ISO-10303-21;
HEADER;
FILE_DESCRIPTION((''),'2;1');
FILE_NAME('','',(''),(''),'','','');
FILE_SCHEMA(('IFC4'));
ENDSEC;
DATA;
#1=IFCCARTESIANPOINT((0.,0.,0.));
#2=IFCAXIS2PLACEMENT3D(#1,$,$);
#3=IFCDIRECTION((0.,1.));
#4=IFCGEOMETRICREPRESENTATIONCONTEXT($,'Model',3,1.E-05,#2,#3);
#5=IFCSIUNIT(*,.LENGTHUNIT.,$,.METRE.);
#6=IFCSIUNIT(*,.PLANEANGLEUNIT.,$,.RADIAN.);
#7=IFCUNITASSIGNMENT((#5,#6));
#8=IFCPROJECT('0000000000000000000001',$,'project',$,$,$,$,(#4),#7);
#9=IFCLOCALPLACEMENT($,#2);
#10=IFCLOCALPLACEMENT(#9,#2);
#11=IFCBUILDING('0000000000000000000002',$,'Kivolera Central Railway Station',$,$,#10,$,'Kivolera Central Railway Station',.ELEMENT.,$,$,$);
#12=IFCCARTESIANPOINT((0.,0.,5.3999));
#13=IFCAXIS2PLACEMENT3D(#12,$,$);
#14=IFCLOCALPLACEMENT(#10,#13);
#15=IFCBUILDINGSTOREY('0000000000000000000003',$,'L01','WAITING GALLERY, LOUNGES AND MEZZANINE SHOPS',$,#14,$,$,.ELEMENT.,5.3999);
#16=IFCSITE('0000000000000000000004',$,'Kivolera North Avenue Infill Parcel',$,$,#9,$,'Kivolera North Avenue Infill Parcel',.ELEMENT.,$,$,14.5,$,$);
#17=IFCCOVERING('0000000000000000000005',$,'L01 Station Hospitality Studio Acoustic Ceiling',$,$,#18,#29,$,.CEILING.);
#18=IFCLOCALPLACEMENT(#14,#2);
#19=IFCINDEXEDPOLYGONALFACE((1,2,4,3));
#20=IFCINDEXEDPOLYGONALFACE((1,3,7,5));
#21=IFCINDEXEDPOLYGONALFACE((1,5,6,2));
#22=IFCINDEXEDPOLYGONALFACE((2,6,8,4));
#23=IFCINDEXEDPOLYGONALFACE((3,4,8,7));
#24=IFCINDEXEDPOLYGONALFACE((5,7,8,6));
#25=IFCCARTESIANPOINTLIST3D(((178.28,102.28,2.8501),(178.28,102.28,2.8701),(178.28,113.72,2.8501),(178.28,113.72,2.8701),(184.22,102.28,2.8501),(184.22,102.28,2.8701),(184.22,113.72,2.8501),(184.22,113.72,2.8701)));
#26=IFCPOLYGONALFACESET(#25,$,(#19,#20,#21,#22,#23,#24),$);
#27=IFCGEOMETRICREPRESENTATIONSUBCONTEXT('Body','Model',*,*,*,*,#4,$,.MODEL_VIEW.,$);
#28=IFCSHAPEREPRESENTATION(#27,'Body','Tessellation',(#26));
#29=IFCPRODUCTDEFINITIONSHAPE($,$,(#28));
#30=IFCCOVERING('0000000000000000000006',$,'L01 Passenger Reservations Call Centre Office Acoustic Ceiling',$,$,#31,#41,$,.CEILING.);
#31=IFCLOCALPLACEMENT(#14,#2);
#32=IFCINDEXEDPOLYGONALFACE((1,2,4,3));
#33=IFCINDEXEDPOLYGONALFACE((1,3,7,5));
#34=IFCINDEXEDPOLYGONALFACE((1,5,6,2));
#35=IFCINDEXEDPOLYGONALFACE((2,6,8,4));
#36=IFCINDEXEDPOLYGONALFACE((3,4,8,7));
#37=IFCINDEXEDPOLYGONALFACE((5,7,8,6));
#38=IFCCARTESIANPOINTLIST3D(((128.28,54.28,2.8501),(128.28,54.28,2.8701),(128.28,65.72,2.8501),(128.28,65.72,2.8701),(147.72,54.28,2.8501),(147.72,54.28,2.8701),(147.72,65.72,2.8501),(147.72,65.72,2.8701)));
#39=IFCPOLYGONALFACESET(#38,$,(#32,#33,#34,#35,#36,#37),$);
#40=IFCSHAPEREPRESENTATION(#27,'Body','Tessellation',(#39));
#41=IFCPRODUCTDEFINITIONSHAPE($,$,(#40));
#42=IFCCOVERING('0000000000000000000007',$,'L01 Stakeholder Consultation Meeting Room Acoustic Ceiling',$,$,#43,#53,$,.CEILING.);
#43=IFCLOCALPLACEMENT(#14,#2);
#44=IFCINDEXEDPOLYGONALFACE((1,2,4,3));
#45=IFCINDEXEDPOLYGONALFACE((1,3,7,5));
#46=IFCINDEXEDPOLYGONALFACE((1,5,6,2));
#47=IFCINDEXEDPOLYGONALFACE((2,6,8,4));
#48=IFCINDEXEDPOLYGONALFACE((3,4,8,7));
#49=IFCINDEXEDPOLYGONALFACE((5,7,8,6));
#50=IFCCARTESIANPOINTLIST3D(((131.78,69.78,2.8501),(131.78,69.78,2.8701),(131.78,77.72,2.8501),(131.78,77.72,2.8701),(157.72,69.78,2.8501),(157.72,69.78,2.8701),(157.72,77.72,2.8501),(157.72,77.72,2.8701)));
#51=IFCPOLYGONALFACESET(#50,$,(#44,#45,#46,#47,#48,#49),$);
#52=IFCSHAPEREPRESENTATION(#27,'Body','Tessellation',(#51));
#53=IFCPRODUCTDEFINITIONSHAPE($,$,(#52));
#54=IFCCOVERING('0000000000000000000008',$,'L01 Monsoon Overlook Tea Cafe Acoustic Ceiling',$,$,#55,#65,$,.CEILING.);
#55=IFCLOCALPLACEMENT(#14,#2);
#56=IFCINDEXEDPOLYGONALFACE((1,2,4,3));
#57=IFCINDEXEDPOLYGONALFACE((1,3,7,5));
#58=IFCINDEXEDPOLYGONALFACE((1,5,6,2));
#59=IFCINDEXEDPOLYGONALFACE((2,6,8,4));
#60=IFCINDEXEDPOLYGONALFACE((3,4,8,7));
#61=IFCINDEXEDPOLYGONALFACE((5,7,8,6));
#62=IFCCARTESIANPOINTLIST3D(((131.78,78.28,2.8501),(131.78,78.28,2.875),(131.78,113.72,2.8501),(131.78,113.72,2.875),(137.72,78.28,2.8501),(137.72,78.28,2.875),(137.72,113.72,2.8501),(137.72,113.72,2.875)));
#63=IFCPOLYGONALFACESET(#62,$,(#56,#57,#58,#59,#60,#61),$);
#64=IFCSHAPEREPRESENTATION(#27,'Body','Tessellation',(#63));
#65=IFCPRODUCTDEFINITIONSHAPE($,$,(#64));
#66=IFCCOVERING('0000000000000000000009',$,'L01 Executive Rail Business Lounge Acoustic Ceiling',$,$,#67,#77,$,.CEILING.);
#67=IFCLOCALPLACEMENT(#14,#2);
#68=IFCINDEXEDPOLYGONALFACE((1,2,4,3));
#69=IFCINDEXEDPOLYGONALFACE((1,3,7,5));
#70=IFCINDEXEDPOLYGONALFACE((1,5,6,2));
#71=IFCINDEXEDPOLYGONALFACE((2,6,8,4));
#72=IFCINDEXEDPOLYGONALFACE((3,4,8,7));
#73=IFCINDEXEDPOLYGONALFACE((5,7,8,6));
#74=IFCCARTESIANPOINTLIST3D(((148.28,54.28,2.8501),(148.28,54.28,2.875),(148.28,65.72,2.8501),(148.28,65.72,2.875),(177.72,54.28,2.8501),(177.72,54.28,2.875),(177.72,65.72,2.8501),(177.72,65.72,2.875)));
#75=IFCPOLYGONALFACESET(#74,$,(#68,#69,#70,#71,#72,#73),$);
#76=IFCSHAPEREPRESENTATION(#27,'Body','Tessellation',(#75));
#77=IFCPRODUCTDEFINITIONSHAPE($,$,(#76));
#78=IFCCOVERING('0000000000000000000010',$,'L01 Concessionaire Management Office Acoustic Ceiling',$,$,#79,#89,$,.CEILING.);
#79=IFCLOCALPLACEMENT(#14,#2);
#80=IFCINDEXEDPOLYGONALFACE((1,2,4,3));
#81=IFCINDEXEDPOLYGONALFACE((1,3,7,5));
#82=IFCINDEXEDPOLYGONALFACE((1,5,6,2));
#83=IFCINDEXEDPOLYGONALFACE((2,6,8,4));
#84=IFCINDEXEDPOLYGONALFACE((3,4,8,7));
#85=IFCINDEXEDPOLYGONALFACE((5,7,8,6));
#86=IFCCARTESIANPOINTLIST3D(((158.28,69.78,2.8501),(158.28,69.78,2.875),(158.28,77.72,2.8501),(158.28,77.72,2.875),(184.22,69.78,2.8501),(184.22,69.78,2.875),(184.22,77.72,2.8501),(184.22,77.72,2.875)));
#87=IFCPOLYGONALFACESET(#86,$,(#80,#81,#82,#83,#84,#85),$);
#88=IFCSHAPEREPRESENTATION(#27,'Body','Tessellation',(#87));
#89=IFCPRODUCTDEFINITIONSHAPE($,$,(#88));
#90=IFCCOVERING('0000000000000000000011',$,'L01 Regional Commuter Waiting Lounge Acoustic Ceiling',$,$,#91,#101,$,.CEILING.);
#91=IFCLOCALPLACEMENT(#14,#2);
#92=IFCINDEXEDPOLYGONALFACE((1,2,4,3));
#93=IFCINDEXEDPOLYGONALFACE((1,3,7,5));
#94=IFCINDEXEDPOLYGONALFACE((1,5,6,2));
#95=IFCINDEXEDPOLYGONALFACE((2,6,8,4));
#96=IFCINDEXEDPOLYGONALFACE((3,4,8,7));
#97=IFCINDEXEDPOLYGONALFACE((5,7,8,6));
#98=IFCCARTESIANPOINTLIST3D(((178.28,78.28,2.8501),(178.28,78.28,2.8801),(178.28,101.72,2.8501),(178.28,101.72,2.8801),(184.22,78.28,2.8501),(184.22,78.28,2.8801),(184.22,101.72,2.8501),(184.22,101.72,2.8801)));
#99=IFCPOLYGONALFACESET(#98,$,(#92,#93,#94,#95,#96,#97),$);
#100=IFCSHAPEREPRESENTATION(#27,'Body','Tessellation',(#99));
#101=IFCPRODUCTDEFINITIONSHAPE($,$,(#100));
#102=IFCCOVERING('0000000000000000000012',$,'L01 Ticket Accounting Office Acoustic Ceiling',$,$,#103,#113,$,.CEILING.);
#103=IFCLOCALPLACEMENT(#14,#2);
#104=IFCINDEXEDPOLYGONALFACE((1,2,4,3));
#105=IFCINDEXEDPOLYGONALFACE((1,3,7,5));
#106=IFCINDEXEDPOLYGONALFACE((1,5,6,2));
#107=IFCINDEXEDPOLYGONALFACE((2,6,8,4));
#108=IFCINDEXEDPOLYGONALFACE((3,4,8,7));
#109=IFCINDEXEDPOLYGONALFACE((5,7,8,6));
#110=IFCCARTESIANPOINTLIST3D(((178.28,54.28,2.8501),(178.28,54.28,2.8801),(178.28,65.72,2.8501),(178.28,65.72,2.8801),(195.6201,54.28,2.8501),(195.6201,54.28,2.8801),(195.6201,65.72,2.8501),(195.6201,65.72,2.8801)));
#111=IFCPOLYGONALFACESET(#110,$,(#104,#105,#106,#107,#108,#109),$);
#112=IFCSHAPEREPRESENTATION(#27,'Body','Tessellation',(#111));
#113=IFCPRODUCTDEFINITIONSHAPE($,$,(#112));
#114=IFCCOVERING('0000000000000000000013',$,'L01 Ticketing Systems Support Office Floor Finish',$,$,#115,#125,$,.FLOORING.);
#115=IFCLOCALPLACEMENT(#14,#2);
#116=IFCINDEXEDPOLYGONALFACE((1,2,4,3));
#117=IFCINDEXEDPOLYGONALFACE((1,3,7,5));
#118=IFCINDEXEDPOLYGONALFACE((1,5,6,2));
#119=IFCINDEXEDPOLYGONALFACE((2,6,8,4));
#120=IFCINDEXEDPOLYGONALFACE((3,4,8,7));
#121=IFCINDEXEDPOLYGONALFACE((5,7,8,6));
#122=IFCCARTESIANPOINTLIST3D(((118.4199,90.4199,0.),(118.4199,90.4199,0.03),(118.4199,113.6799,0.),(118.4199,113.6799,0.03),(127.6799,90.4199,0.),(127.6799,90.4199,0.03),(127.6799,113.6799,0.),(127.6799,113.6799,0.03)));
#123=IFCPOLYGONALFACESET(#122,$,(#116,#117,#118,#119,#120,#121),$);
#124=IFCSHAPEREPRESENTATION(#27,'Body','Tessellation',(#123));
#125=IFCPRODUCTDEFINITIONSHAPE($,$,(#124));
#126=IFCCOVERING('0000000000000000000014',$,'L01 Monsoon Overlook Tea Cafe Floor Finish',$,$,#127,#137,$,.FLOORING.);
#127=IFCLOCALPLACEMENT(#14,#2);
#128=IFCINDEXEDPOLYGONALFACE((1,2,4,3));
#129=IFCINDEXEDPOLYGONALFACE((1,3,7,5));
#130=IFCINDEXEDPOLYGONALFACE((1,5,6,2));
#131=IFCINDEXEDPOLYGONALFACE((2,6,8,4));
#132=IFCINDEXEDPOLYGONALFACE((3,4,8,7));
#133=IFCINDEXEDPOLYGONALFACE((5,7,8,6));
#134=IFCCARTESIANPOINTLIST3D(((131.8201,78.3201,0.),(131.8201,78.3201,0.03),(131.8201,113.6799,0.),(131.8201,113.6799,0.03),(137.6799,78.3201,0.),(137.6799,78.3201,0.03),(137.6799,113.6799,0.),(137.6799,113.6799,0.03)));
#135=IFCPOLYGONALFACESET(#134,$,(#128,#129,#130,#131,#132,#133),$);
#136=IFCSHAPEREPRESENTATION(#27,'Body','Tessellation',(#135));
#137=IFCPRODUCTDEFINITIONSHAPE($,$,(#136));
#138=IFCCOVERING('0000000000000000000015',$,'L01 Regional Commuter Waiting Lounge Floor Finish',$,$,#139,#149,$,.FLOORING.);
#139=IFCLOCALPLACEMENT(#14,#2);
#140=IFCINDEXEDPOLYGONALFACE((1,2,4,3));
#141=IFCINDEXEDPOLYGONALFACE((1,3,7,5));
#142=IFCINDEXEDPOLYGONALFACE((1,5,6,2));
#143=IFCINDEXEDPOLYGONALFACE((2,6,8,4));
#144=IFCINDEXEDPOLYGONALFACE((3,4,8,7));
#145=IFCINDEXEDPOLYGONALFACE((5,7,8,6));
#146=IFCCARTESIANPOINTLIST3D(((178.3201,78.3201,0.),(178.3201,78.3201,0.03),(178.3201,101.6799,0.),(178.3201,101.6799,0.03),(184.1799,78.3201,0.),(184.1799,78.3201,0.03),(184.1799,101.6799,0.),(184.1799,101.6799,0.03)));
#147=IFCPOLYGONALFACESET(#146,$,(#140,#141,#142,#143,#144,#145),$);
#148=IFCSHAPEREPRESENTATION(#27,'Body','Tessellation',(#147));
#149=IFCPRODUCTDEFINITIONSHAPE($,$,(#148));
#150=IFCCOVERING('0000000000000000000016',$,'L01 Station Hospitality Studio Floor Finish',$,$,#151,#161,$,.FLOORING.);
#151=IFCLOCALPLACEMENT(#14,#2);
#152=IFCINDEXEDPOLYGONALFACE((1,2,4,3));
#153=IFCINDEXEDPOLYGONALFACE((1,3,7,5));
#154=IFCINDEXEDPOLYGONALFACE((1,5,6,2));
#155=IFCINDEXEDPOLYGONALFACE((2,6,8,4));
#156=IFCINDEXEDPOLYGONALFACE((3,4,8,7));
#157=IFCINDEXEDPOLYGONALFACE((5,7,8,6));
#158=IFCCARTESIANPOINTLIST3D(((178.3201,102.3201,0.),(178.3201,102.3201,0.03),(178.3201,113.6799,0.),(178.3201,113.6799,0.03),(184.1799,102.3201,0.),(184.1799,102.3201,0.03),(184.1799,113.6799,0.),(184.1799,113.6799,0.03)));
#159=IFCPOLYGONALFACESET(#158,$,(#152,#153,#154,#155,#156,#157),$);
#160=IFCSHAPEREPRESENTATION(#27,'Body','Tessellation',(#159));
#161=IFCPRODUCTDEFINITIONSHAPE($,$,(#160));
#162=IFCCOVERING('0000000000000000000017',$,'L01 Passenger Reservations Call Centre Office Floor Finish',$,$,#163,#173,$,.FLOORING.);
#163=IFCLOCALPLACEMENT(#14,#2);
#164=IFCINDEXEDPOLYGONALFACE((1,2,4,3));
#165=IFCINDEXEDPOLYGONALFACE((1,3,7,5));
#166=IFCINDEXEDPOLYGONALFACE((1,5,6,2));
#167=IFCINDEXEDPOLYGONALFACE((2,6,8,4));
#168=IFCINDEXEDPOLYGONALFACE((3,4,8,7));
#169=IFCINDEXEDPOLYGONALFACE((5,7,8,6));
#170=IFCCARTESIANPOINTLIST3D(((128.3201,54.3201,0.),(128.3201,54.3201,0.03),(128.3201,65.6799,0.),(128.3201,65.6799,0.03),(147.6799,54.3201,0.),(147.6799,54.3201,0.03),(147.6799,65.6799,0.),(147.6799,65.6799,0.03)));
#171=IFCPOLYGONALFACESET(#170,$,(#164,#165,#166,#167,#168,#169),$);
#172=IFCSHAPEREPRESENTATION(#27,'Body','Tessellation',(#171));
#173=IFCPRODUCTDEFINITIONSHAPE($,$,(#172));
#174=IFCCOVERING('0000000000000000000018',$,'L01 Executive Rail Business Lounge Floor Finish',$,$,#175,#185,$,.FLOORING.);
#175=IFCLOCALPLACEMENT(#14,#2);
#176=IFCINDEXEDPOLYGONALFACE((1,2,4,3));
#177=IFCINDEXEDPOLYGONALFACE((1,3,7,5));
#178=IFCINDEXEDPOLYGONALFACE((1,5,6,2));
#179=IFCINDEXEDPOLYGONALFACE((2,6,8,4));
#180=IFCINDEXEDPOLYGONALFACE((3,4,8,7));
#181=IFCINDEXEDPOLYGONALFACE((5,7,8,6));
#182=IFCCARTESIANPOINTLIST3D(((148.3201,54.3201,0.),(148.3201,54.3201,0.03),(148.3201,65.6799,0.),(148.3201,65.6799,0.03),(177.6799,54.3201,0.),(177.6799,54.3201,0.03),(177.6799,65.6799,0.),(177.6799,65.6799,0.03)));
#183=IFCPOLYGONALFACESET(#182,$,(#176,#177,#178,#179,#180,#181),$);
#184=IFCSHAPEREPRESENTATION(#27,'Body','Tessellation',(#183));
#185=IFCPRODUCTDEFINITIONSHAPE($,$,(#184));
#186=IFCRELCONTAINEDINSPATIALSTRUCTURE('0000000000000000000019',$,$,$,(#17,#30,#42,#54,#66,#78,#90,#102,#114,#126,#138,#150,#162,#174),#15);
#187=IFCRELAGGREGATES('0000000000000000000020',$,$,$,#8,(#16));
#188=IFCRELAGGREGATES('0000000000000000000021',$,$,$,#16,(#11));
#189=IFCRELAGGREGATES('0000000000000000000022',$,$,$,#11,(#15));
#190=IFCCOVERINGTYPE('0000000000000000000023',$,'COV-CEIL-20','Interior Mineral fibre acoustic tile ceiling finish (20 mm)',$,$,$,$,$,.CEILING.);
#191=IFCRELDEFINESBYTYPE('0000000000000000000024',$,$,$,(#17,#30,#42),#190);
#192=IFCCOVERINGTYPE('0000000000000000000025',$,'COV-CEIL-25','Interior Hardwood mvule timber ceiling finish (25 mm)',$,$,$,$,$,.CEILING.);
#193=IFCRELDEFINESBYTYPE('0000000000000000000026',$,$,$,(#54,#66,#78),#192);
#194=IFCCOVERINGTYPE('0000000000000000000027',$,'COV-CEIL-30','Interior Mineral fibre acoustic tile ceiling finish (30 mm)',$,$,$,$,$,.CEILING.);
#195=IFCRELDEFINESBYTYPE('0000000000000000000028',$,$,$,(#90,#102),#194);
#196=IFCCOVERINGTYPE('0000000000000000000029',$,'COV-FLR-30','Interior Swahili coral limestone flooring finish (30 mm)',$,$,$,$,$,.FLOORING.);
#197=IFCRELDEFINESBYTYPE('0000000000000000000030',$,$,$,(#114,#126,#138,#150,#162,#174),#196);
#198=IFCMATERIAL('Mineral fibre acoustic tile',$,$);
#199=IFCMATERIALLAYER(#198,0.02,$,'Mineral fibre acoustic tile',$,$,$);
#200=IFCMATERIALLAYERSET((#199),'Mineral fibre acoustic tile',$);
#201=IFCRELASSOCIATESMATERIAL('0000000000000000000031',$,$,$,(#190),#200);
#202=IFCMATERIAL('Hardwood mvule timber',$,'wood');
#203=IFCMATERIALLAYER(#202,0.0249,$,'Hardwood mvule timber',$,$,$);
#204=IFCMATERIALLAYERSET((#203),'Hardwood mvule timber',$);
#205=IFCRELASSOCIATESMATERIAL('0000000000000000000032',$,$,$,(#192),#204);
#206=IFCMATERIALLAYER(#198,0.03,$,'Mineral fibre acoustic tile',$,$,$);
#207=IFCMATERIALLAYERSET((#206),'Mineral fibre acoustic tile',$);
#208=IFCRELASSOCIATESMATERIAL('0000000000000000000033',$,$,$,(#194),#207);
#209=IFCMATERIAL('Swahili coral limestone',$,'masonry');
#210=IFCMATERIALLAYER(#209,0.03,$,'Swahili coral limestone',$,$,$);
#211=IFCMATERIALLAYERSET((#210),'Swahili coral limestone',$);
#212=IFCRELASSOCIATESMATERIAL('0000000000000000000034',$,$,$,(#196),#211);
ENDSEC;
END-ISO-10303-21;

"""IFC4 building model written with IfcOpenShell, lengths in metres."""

from ifc_helpers import new_model, si_unit, direction, frame, origin, place, context, subcontext, project, spatial, polyline, outline, extrude, material, layer, layer_set, type_object, element, save


model = new_model("IFC4")

# Units and contexts
model_context = context("Model", 3, precision=1e-05, world=origin(), true_north=direction((0.0, 1.0)))
body_context = subcontext(model_context, "Body", "Model", "MODEL_VIEW")
ifc_project = project(units=[si_unit("LENGTHUNIT", "METRE"), si_unit("PLANEANGLEUNIT", "RADIAN")], contexts=[model_context])

# Site, building, storey
site_placement = place(None, origin())
site = spatial("IfcSite", under=ifc_project, at=site_placement, Name="Kivolera North Avenue Infill Parcel", LongName="Kivolera North Avenue Infill Parcel", CompositionType="ELEMENT", RefElevation=14.5)
building_placement = place(site_placement, origin())
building = spatial("IfcBuilding", under=site, at=building_placement, Name="Kivolera Central Railway Station", LongName="Kivolera Central Railway Station", CompositionType="ELEMENT")
storey_placement = place(building_placement, frame((0.0, 0.0, 5.3999)))
storey = spatial("IfcBuildingStorey", under=building, at=storey_placement, Name="L01", Description="WAITING GALLERY, LOUNGES AND MEZZANINE SHOPS", CompositionType="ELEMENT", Elevation=5.3999)

# Coverings
ifc_material_1 = material(Name="Mineral fibre acoustic tile")
ifc_layer_1 = layer(ifc_material_1, 0.02, Name="Mineral fibre acoustic tile")
ifc_layer_set_1 = layer_set([ifc_layer_1], Name="Mineral fibre acoustic tile")
covering_type_1 = type_object("IfcCoveringType", Name="COV-CEIL-20", Description="Interior Mineral fibre acoustic tile ceiling finish (20 mm)", PredefinedType="CEILING", material=ifc_layer_set_1)
covering_1_placement = place(storey_placement, frame((0.0, 0.0, 2.8501)))
element("IfcCovering", 1, at=covering_1_placement, inside=storey, type_object=covering_type_1, Name="L01 Station Hospitality Studio Acoustic Ceiling", PredefinedType="CEILING", context=body_context, shape_type="SweptSolid", body=[
    extrude(outline(polyline([(178.28, 102.28), (184.22, 102.28), (184.22, 113.72), (178.28, 113.72), (178.28, 102.28)])), origin(), (0.0, 0.0, 1.0), 0.02),
])
covering_2_placement = place(storey_placement, frame((0.0, 0.0, 2.8501)))
element("IfcCovering", 2, at=covering_2_placement, inside=storey, type_object=covering_type_1, Name="L01 Passenger Reservations Call Centre Office Acoustic Ceiling", PredefinedType="CEILING", context=body_context, shape_type="SweptSolid", body=[
    extrude(outline(polyline([(128.28, 54.28), (147.72, 54.28), (147.72, 65.72), (128.28, 65.72), (128.28, 54.28)])), origin(), (0.0, 0.0, 1.0), 0.02),
])
covering_3_placement = place(storey_placement, frame((0.0, 0.0, 2.8501)))
element("IfcCovering", 3, at=covering_3_placement, inside=storey, type_object=covering_type_1, Name="L01 Stakeholder Consultation Meeting Room Acoustic Ceiling", PredefinedType="CEILING", context=body_context, shape_type="SweptSolid", body=[
    extrude(outline(polyline([(131.78, 69.78), (157.72, 69.78), (157.72, 77.72), (131.78, 77.72), (131.78, 69.78)])), origin(), (0.0, 0.0, 1.0), 0.02),
])
ifc_material_2 = material(Name="Hardwood mvule timber", Category="wood")
ifc_layer_2 = layer(ifc_material_2, 0.0249, Name="Hardwood mvule timber")
ifc_layer_set_2 = layer_set([ifc_layer_2], Name="Hardwood mvule timber")
covering_type_2 = type_object("IfcCoveringType", Name="COV-CEIL-25", Description="Interior Hardwood mvule timber ceiling finish (25 mm)", PredefinedType="CEILING", material=ifc_layer_set_2)
covering_4_placement = place(storey_placement, frame((0.0, 0.0, 2.8501)))
element("IfcCovering", 4, at=covering_4_placement, inside=storey, type_object=covering_type_2, Name="L01 Monsoon Overlook Tea Cafe Acoustic Ceiling", PredefinedType="CEILING", context=body_context, shape_type="SweptSolid", body=[
    extrude(outline(polyline([(131.78, 78.28), (137.72, 78.28), (137.72, 113.72), (131.78, 113.72), (131.78, 78.28)])), origin(), (0.0, 0.0, 1.0), 0.0249),
])
covering_5_placement = place(storey_placement, frame((0.0, 0.0, 2.8501)))
element("IfcCovering", 5, at=covering_5_placement, inside=storey, type_object=covering_type_2, Name="L01 Executive Rail Business Lounge Acoustic Ceiling", PredefinedType="CEILING", context=body_context, shape_type="SweptSolid", body=[
    extrude(outline(polyline([(148.28, 54.28), (177.72, 54.28), (177.72, 65.72), (148.28, 65.72), (148.28, 54.28)])), origin(), (0.0, 0.0, 1.0), 0.0249),
])
covering_6_placement = place(storey_placement, frame((0.0, 0.0, 2.8501)))
element("IfcCovering", 6, at=covering_6_placement, inside=storey, type_object=covering_type_2, Name="L01 Concessionaire Management Office Acoustic Ceiling", PredefinedType="CEILING", context=body_context, shape_type="SweptSolid", body=[
    extrude(outline(polyline([(158.28, 69.78), (184.22, 69.78), (184.22, 77.72), (158.28, 77.72), (158.28, 69.78)])), origin(), (0.0, 0.0, 1.0), 0.0249),
])
ifc_layer_3 = layer(ifc_material_1, 0.03, Name="Mineral fibre acoustic tile")
ifc_layer_set_3 = layer_set([ifc_layer_3], Name="Mineral fibre acoustic tile")
covering_type_3 = type_object("IfcCoveringType", Name="COV-CEIL-30", Description="Interior Mineral fibre acoustic tile ceiling finish (30 mm)", PredefinedType="CEILING", material=ifc_layer_set_3)
covering_7_placement = place(storey_placement, frame((0.0, 0.0, 2.8501)))
element("IfcCovering", 7, at=covering_7_placement, inside=storey, type_object=covering_type_3, Name="L01 Regional Commuter Waiting Lounge Acoustic Ceiling", PredefinedType="CEILING", context=body_context, shape_type="SweptSolid", body=[
    extrude(outline(polyline([(178.28, 78.28), (184.22, 78.28), (184.22, 101.72), (178.28, 101.72), (178.28, 78.28)])), origin(), (0.0, 0.0, 1.0), 0.03),
])
covering_8_placement = place(storey_placement, frame((0.0, 0.0, 2.8501)))
element("IfcCovering", 8, at=covering_8_placement, inside=storey, type_object=covering_type_3, Name="L01 Ticket Accounting Office Acoustic Ceiling", PredefinedType="CEILING", context=body_context, shape_type="SweptSolid", body=[
    extrude(outline(polyline([(178.28, 54.28), (195.6201, 54.28), (195.6201, 65.72), (178.28, 65.72), (178.28, 54.28)])), origin(), (0.0, 0.0, 1.0), 0.03),
])
ifc_material_3 = material(Name="Swahili coral limestone", Category="masonry")
ifc_layer_4 = layer(ifc_material_3, 0.03, Name="Swahili coral limestone")
ifc_layer_set_4 = layer_set([ifc_layer_4], Name="Swahili coral limestone")
covering_type_4 = type_object("IfcCoveringType", Name="COV-FLR-30", Description="Interior Swahili coral limestone flooring finish (30 mm)", PredefinedType="FLOORING", material=ifc_layer_set_4)
covering_9_placement = place(storey_placement, origin())
element("IfcCovering", 9, at=covering_9_placement, inside=storey, type_object=covering_type_4, Name="L01 Ticketing Systems Support Office Floor Finish", PredefinedType="FLOORING", context=body_context, shape_type="SweptSolid", body=[
    extrude(outline(polyline([(118.4199, 90.4199), (127.6799, 90.4199), (127.6799, 113.6799), (118.4199, 113.6799), (118.4199, 90.4199)])), origin(), (0.0, 0.0, 1.0), 0.03),
])
covering_10_placement = place(storey_placement, origin())
element("IfcCovering", 10, at=covering_10_placement, inside=storey, type_object=covering_type_4, Name="L01 Monsoon Overlook Tea Cafe Floor Finish", PredefinedType="FLOORING", context=body_context, shape_type="SweptSolid", body=[
    extrude(outline(polyline([(131.8201, 78.3201), (137.6799, 78.3201), (137.6799, 113.6799), (131.8201, 113.6799), (131.8201, 78.3201)])), origin(), (0.0, 0.0, 1.0), 0.03),
])
covering_11_placement = place(storey_placement, origin())
element("IfcCovering", 11, at=covering_11_placement, inside=storey, type_object=covering_type_4, Name="L01 Regional Commuter Waiting Lounge Floor Finish", PredefinedType="FLOORING", context=body_context, shape_type="SweptSolid", body=[
    extrude(outline(polyline([(178.3201, 78.3201), (184.1799, 78.3201), (184.1799, 101.6799), (178.3201, 101.6799), (178.3201, 78.3201)])), origin(), (0.0, 0.0, 1.0), 0.03),
])
covering_12_placement = place(storey_placement, origin())
element("IfcCovering", 12, at=covering_12_placement, inside=storey, type_object=covering_type_4, Name="L01 Station Hospitality Studio Floor Finish", PredefinedType="FLOORING", context=body_context, shape_type="SweptSolid", body=[
    extrude(outline(polyline([(178.3201, 102.3201), (184.1799, 102.3201), (184.1799, 113.6799), (178.3201, 113.6799), (178.3201, 102.3201)])), origin(), (0.0, 0.0, 1.0), 0.03),
])
covering_13_placement = place(storey_placement, origin())
element("IfcCovering", 13, at=covering_13_placement, inside=storey, type_object=covering_type_4, Name="L01 Passenger Reservations Call Centre Office Floor Finish", PredefinedType="FLOORING", context=body_context, shape_type="SweptSolid", body=[
    extrude(outline(polyline([(128.3201, 54.3201), (147.6799, 54.3201), (147.6799, 65.6799), (128.3201, 65.6799), (128.3201, 54.3201)])), origin(), (0.0, 0.0, 1.0), 0.03),
])
covering_14_placement = place(storey_placement, origin())
element("IfcCovering", 14, at=covering_14_placement, inside=storey, type_object=covering_type_4, Name="L01 Executive Rail Business Lounge Floor Finish", PredefinedType="FLOORING", context=body_context, shape_type="SweptSolid", body=[
    extrude(outline(polyline([(148.3201, 54.3201), (177.6799, 54.3201), (177.6799, 65.6799), (148.3201, 65.6799), (148.3201, 54.3201)])), origin(), (0.0, 0.0, 1.0), 0.03),
])

save(model, "model.ifc")
